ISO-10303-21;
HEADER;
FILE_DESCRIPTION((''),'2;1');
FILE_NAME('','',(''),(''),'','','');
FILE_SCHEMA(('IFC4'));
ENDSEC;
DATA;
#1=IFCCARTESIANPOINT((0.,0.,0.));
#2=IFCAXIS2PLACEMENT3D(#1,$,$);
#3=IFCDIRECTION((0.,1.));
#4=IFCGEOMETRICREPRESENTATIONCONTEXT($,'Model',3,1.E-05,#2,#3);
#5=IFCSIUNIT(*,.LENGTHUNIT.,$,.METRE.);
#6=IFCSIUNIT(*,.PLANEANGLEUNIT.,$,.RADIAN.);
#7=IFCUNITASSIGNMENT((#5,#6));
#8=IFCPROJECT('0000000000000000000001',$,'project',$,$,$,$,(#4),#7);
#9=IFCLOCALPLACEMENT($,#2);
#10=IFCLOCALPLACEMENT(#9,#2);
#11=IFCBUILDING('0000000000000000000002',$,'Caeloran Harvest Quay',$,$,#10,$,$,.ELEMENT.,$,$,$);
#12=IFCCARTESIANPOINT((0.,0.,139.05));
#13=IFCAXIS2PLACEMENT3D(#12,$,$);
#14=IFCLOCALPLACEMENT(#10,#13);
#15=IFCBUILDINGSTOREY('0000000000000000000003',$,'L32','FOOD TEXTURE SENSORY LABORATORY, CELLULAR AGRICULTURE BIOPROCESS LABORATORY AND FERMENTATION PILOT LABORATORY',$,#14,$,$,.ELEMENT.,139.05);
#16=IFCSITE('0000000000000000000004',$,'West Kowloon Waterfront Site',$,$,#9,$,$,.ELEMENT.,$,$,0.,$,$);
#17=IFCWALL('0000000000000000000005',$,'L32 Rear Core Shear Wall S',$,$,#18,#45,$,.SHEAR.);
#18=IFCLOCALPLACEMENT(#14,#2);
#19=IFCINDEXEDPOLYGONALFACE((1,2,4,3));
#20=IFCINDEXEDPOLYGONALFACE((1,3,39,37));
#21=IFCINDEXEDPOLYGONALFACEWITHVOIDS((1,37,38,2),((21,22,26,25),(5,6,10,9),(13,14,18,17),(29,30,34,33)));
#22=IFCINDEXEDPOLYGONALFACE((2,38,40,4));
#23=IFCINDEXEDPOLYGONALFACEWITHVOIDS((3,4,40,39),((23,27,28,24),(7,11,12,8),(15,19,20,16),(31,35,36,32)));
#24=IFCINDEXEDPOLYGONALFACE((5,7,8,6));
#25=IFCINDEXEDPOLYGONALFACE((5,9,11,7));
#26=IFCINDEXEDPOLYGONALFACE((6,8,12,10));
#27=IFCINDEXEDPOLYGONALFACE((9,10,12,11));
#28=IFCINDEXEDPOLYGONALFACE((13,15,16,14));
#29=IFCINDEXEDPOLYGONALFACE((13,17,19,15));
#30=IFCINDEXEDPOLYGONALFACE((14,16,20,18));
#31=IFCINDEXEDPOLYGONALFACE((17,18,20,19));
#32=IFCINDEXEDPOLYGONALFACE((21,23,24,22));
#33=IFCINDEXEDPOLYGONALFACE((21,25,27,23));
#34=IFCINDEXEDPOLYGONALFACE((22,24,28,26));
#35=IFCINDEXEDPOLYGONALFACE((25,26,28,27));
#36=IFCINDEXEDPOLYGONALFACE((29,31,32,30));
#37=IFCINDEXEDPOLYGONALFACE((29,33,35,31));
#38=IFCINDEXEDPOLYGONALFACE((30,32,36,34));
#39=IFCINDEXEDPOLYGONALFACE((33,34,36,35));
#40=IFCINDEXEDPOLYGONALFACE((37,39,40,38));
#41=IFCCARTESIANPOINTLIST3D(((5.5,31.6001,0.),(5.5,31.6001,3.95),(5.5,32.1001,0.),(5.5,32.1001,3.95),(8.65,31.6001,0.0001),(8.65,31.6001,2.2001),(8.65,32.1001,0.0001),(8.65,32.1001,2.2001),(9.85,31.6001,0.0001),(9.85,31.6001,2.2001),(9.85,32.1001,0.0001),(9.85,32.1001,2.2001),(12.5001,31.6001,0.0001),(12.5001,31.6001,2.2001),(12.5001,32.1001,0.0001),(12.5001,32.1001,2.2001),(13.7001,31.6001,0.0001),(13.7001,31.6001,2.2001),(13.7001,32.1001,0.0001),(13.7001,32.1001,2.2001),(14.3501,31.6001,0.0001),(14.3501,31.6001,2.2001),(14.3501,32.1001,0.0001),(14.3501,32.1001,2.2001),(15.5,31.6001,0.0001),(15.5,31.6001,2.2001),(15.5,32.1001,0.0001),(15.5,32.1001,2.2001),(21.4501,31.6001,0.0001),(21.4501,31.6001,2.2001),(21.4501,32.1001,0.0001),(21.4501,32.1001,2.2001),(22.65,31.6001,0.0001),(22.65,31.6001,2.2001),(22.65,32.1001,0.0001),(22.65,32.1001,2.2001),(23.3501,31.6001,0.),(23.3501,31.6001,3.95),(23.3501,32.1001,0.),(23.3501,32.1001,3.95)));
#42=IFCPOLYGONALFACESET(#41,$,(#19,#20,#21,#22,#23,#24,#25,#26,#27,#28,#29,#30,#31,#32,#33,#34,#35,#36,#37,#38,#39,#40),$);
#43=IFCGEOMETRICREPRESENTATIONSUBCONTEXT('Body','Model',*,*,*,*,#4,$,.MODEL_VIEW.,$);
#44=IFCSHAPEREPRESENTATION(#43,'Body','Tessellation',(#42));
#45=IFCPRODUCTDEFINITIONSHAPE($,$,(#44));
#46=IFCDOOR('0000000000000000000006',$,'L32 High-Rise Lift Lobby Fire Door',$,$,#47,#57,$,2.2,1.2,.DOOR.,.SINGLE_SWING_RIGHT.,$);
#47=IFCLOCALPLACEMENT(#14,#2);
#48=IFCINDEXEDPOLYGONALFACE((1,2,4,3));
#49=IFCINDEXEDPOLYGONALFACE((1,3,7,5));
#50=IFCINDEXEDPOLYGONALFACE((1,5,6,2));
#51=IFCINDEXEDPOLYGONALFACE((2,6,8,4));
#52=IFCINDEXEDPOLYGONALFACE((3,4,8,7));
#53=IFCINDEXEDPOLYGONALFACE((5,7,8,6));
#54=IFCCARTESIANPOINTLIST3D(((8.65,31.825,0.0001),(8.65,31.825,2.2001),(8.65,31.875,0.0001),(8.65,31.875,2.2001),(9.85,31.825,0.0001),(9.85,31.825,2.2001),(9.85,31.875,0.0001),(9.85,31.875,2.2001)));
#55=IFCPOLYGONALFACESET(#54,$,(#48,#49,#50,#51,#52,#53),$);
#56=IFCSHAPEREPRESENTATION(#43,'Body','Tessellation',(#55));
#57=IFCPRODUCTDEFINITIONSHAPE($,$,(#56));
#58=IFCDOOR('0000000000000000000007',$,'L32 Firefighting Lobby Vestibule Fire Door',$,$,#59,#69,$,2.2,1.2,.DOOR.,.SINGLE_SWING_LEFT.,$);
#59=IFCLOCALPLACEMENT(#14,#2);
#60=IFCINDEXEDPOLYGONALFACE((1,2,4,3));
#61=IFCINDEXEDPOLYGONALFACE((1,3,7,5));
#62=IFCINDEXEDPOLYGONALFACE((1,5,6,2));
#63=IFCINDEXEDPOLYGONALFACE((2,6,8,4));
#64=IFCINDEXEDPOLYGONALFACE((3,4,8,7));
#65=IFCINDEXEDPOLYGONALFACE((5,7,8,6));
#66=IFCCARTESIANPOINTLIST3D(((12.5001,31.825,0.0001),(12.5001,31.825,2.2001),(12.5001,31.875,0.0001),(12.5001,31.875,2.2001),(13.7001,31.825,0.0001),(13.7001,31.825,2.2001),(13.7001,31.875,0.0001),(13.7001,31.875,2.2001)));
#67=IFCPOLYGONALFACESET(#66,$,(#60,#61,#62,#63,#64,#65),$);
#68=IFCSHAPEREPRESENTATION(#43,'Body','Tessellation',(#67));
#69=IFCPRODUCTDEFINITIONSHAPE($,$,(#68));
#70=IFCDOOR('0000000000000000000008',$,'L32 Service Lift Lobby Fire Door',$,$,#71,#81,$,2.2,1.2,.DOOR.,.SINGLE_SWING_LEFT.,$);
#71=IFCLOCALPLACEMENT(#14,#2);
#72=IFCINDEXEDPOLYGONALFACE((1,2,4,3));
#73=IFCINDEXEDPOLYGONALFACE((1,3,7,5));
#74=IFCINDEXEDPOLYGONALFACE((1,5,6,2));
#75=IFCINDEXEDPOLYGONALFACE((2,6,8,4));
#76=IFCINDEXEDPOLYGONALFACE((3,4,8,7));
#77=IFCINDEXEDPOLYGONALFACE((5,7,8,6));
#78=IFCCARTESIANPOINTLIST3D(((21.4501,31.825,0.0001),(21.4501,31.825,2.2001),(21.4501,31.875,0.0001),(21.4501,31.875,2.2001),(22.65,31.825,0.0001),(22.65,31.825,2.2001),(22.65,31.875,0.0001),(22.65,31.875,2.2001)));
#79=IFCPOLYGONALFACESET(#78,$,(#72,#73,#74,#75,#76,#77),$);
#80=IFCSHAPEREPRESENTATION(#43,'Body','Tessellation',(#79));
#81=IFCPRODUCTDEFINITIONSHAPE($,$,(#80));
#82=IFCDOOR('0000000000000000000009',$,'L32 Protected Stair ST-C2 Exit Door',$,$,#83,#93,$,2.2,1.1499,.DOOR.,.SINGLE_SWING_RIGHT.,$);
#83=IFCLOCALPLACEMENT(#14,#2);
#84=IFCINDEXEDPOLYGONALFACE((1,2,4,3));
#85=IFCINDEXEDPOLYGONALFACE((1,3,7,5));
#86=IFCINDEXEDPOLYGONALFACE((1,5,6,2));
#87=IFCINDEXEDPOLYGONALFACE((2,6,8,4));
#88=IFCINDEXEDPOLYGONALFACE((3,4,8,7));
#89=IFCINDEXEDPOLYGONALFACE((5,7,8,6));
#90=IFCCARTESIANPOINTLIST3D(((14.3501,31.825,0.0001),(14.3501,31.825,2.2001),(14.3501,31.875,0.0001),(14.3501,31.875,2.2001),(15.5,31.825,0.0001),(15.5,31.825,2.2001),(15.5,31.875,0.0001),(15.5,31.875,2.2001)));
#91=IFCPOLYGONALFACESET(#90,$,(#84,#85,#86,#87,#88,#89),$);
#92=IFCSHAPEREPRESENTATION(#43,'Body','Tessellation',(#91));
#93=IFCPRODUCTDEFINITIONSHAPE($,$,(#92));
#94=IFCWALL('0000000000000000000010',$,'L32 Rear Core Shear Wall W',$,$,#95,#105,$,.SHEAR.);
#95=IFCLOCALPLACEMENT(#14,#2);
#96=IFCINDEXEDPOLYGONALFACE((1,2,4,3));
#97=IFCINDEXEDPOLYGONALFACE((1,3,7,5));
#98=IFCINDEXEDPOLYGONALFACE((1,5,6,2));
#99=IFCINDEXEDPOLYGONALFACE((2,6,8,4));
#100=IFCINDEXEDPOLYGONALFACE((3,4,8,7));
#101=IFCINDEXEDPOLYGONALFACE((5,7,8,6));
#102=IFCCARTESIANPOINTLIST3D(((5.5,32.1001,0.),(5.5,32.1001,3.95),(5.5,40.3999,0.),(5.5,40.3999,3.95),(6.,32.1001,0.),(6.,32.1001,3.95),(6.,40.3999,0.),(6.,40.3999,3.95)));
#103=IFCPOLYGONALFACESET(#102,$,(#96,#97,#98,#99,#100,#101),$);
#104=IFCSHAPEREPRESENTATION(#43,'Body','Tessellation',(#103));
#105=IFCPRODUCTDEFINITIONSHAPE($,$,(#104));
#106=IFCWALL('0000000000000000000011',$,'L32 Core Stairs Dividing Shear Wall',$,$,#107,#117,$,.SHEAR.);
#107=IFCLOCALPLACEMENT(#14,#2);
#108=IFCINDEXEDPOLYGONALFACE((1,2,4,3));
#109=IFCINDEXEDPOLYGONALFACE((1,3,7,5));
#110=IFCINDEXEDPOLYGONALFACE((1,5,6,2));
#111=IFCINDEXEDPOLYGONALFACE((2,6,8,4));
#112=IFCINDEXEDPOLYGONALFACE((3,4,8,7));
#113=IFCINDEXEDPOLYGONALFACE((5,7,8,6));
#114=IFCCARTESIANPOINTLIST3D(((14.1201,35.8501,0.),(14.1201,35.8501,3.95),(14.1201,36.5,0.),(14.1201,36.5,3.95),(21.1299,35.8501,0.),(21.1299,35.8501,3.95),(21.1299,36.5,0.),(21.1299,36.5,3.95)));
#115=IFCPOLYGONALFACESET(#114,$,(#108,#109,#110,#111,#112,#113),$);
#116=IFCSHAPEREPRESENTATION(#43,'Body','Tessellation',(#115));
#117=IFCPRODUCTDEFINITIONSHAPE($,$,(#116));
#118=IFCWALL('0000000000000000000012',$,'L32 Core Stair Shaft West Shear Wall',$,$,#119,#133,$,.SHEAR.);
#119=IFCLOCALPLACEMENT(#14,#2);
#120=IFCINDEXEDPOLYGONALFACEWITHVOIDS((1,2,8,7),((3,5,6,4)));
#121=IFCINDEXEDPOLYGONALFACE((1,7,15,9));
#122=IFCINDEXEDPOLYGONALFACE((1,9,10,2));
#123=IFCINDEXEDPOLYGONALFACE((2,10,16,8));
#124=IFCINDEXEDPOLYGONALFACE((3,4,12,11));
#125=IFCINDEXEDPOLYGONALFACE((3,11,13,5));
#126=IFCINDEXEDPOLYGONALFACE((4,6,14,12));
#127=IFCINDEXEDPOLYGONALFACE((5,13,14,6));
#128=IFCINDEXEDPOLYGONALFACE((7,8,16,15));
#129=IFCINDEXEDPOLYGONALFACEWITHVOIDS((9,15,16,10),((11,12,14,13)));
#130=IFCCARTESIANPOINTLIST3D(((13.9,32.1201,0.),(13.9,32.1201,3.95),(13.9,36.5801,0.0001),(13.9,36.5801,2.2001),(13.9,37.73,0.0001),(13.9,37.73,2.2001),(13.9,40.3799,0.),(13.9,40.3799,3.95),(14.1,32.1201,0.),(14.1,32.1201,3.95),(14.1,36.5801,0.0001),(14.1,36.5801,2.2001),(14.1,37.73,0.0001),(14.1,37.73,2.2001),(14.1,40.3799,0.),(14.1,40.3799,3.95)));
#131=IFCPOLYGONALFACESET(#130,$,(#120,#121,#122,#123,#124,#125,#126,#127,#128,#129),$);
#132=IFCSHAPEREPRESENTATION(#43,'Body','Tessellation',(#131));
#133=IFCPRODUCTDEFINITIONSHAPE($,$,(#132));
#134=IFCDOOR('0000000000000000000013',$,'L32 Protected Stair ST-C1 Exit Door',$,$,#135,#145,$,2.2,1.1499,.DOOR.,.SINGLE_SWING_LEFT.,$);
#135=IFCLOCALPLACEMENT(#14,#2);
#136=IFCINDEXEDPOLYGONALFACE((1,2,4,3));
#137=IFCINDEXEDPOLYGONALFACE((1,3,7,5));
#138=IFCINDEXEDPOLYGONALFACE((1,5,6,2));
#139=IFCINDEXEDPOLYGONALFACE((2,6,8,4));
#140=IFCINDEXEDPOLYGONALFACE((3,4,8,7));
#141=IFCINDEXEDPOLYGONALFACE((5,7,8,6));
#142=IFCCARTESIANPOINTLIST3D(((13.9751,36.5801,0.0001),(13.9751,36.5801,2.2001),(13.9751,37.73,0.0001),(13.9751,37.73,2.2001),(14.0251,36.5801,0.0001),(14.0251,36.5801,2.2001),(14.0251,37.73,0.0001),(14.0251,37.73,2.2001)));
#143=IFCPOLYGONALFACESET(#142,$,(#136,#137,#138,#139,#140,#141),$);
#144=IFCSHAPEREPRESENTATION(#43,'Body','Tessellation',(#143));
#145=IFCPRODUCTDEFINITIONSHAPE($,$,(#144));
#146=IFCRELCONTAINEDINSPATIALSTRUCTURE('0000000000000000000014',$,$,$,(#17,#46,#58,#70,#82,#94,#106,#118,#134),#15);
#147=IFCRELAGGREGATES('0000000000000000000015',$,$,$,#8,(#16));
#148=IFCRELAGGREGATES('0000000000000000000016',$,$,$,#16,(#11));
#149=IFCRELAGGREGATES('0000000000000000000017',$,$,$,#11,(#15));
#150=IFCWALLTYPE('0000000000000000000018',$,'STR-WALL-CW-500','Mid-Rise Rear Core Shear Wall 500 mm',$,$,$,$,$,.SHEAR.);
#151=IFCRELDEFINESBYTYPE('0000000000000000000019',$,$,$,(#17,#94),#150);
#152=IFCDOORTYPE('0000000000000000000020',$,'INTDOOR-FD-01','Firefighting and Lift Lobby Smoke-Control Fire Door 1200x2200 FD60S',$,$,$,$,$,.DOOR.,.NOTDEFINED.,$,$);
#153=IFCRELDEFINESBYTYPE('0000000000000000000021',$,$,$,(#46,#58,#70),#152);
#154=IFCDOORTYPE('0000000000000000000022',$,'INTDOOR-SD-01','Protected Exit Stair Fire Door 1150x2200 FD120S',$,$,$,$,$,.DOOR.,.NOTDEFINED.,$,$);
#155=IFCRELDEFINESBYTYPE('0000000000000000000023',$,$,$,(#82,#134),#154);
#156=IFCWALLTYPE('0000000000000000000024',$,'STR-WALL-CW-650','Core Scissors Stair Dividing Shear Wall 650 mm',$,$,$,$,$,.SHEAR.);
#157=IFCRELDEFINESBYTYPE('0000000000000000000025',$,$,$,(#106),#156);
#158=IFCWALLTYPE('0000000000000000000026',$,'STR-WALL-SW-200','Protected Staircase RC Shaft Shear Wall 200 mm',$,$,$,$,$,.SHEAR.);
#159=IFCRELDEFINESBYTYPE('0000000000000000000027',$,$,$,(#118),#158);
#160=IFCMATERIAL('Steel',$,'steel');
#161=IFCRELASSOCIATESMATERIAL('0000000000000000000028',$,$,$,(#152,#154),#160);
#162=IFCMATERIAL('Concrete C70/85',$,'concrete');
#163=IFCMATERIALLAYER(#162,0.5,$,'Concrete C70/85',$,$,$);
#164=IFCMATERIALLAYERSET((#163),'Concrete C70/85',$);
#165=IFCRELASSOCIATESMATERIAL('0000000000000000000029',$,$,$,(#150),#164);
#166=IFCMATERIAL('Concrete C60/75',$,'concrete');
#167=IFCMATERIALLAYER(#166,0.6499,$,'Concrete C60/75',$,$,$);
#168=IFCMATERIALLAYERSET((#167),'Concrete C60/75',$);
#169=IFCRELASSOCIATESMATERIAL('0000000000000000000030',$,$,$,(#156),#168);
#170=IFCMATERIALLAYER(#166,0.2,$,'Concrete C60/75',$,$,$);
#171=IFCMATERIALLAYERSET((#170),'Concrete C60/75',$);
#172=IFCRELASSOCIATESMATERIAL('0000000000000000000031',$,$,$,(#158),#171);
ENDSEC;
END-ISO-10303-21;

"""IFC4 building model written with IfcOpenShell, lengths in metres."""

from ifc_helpers import new_model, si_unit, direction, frame, frame_2d, origin, place, context, subcontext, project, spatial, rectangle, extrude, material, layer, layer_set, type_object, element, fill, save


model = new_model("IFC4")

# Units and contexts
model_context = context("Model", 3, precision=1e-05, world=origin(), true_north=direction((0.0, 1.0)))
body_context = subcontext(model_context, "Body", "Model", "MODEL_VIEW")
ifc_project = project(units=[si_unit("LENGTHUNIT", "METRE"), si_unit("PLANEANGLEUNIT", "RADIAN")], contexts=[model_context])

# Site, building, storey
site_placement = place(None, origin())
site = spatial("IfcSite", under=ifc_project, at=site_placement, Name="West Kowloon Waterfront Site", CompositionType="ELEMENT", RefElevation=0.0)
building_placement = place(site_placement, origin())
building = spatial("IfcBuilding", under=site, at=building_placement, Name="Caeloran Harvest Quay", CompositionType="ELEMENT")
storey_placement = place(building_placement, frame((0.0, 0.0, 139.05)))
storey = spatial("IfcBuildingStorey", under=building, at=storey_placement, Name="L32", Description="FOOD TEXTURE SENSORY LABORATORY, CELLULAR AGRICULTURE BIOPROCESS LABORATORY AND FERMENTATION PILOT LABORATORY", CompositionType="ELEMENT", Elevation=139.05)

# Shared definitions
ifc_material_1 = material(Name="Concrete C60/75", Category="concrete")

# Shared definitions
ifc_material_2 = material(Name="Steel", Category="steel")
door_type_1 = type_object("IfcDoorType", Name="INTDOOR-FD-01", Description="Firefighting and Lift Lobby Smoke-Control Fire Door 1200x2200 FD60S", OperationType="NOTDEFINED", PredefinedType="DOOR", material=ifc_material_2)

# Wall, openings, doors
ifc_material_3 = material(Name="Concrete C70/85", Category="concrete")
ifc_layer_1 = layer(ifc_material_3, 0.5, Name="Concrete C70/85")
ifc_layer_set_1 = layer_set([ifc_layer_1], Name="Concrete C70/85")
wall_type_1 = type_object("IfcWallType", Name="STR-WALL-CW-500", Description="Mid-Rise Rear Core Shear Wall 500 mm", PredefinedType="SHEAR", material=ifc_layer_set_1)
wall_1_placement = place(storey_placement, frame((5.5, 31.8501, 0.0), z_axis=(0.0, 0.0, 1.0), x_axis=(1.0, 0.0, 0.0)))
wall_1 = element("IfcWall", 1, at=wall_1_placement, inside=storey, type_object=wall_type_1, Name="L32 Rear Core Shear Wall S", PredefinedType="SHEAR", context=body_context, shape_type="SweptSolid", body=[
    extrude(rectangle(XDim=17.8501, YDim=0.5, at=frame_2d((8.925, 0.0))), origin(), (0.0, 0.0, 1.0), 3.95),
])
opening_1_placement = place(wall_1_placement, frame((3.1499, 0.0, 0.0)))
opening_1 = element("IfcOpeningElement", 2, at=opening_1_placement, cuts=wall_1, PredefinedType="OPENING", context=body_context, shape_type="SweptSolid", body=[
    extrude(rectangle(XDim=1.2, YDim=2.2, at=frame_2d((0.6001, 1.1001))), frame((0.0, 0.26, 0.0), z_axis=(0.0, -1.0, 0.0), x_axis=(1.0, 0.0, 0.0)), (0.0, 0.0, 1.0), 0.52),
])
opening_2_placement = place(wall_1_placement, frame((7.0, 0.0, 0.0)))
opening_2 = element("IfcOpeningElement", 3, at=opening_2_placement, cuts=wall_1, PredefinedType="OPENING", context=body_context, shape_type="SweptSolid", body=[
    extrude(rectangle(XDim=1.2, YDim=2.2, at=frame_2d((0.6001, 1.1001))), frame((0.0, 0.26, 0.0), z_axis=(0.0, -1.0, 0.0), x_axis=(1.0, 0.0, 0.0)), (0.0, 0.0, 1.0), 0.52),
])
opening_3_placement = place(wall_1_placement, frame((8.8501, 0.0, 0.0)))
opening_3 = element("IfcOpeningElement", 4, at=opening_3_placement, cuts=wall_1, PredefinedType="OPENING", context=body_context, shape_type="SweptSolid", body=[
    extrude(rectangle(XDim=1.1499, YDim=2.2, at=frame_2d((0.575, 1.1001))), frame((0.0, 0.26, 0.0), z_axis=(0.0, -1.0, 0.0), x_axis=(1.0, 0.0, 0.0)), (0.0, 0.0, 1.0), 0.52),
])
opening_4_placement = place(wall_1_placement, frame((15.95, 0.0, 0.0)))
opening_4 = element("IfcOpeningElement", 5, at=opening_4_placement, cuts=wall_1, PredefinedType="OPENING", context=body_context, shape_type="SweptSolid", body=[
    extrude(rectangle(XDim=1.2, YDim=2.2, at=frame_2d((0.6001, 1.1001))), frame((0.0, 0.26, 0.0), z_axis=(0.0, -1.0, 0.0), x_axis=(1.0, 0.0, 0.0)), (0.0, 0.0, 1.0), 0.52),
])
door_1_placement = place(opening_1_placement, origin())
door_1 = element("IfcDoor", 6, at=door_1_placement, inside=storey, type_object=door_type_1, Name="L32 High-Rise Lift Lobby Fire Door", OperationType="SINGLE_SWING_RIGHT", OverallHeight=2.2, OverallWidth=1.2, PredefinedType="DOOR", context=body_context, shape_type="SweptSolid", body=[
    extrude(rectangle(XDim=1.2, YDim=2.2, at=frame_2d((0.6001, 1.1001))), frame((0.0, 0.0249, 0.0), z_axis=(0.0, -1.0, 0.0), x_axis=(1.0, 0.0, 0.0)), (0.0, 0.0, 1.0), 0.05),
])
fill(opening_1, door_1)
door_2_placement = place(opening_2_placement, origin())
door_2 = element("IfcDoor", 7, at=door_2_placement, inside=storey, type_object=door_type_1, Name="L32 Firefighting Lobby Vestibule Fire Door", OperationType="SINGLE_SWING_LEFT", OverallHeight=2.2, OverallWidth=1.2, PredefinedType="DOOR", context=body_context, shape_type="SweptSolid", body=[
    extrude(rectangle(XDim=1.2, YDim=2.2, at=frame_2d((0.6001, 1.1001))), frame((0.0, 0.0249, 0.0), z_axis=(0.0, -1.0, 0.0), x_axis=(1.0, 0.0, 0.0)), (0.0, 0.0, 1.0), 0.05),
])
fill(opening_2, door_2)
door_3_placement = place(opening_4_placement, origin())
door_3 = element("IfcDoor", 8, at=door_3_placement, inside=storey, type_object=door_type_1, Name="L32 Service Lift Lobby Fire Door", OperationType="SINGLE_SWING_LEFT", OverallHeight=2.2, OverallWidth=1.2, PredefinedType="DOOR", context=body_context, shape_type="SweptSolid", body=[
    extrude(rectangle(XDim=1.2, YDim=2.2, at=frame_2d((0.6001, 1.1001))), frame((0.0, 0.0249, 0.0), z_axis=(0.0, -1.0, 0.0), x_axis=(1.0, 0.0, 0.0)), (0.0, 0.0, 1.0), 0.05),
])
fill(opening_4, door_3)
door_type_2 = type_object("IfcDoorType", Name="INTDOOR-SD-01", Description="Protected Exit Stair Fire Door 1150x2200 FD120S", OperationType="NOTDEFINED", PredefinedType="DOOR", material=ifc_material_2)
door_4_placement = place(opening_3_placement, origin())
door_4 = element("IfcDoor", 9, at=door_4_placement, inside=storey, type_object=door_type_2, Name="L32 Protected Stair ST-C2 Exit Door", OperationType="SINGLE_SWING_RIGHT", OverallHeight=2.2, OverallWidth=1.1499, PredefinedType="DOOR", context=body_context, shape_type="SweptSolid", body=[
    extrude(rectangle(XDim=1.1499, YDim=2.2, at=frame_2d((0.575, 1.1001))), frame((0.0, 0.0249, 0.0), z_axis=(0.0, -1.0, 0.0), x_axis=(1.0, 0.0, 0.0)), (0.0, 0.0, 1.0), 0.05),
])
fill(opening_3, door_4)

# Walls
wall_2_placement = place(storey_placement, frame((5.75, 32.1001, 0.0), z_axis=(0.0, 0.0, 1.0), x_axis=(0.0, 1.0, 0.0)))
element("IfcWall", 10, at=wall_2_placement, inside=storey, type_object=wall_type_1, Name="L32 Rear Core Shear Wall W", PredefinedType="SHEAR", context=body_context, shape_type="SweptSolid", body=[
    extrude(rectangle(XDim=8.2998, YDim=0.5, at=frame_2d((4.1499, 0.0))), origin(), (0.0, 0.0, 1.0), 3.95),
])
ifc_layer_2 = layer(ifc_material_1, 0.6499, Name="Concrete C60/75")
ifc_layer_set_2 = layer_set([ifc_layer_2], Name="Concrete C60/75")
wall_type_2 = type_object("IfcWallType", Name="STR-WALL-CW-650", Description="Core Scissors Stair Dividing Shear Wall 650 mm", PredefinedType="SHEAR", material=ifc_layer_set_2)
wall_3_placement = place(storey_placement, frame((14.1201, 36.175, 0.0), z_axis=(0.0, 0.0, 1.0), x_axis=(1.0, 0.0, 0.0)))
element("IfcWall", 11, at=wall_3_placement, inside=storey, type_object=wall_type_2, Name="L32 Core Stairs Dividing Shear Wall", PredefinedType="SHEAR", context=body_context, shape_type="SweptSolid", body=[
    extrude(rectangle(XDim=7.0098, YDim=0.6499, at=frame_2d((3.5049, 0.0))), origin(), (0.0, 0.0, 1.0), 3.95),
])

# Wall, opening, door
ifc_layer_3 = layer(ifc_material_1, 0.2, Name="Concrete C60/75")
ifc_layer_set_3 = layer_set([ifc_layer_3], Name="Concrete C60/75")
wall_type_3 = type_object("IfcWallType", Name="STR-WALL-SW-200", Description="Protected Staircase RC Shaft Shear Wall 200 mm", PredefinedType="SHEAR", material=ifc_layer_set_3)
wall_4_placement = place(storey_placement, frame((14.0, 32.1201, 0.0), z_axis=(0.0, 0.0, 1.0), x_axis=(0.0, 1.0, 0.0)))
wall_4 = element("IfcWall", 12, at=wall_4_placement, inside=storey, type_object=wall_type_3, Name="L32 Core Stair Shaft West Shear Wall", PredefinedType="SHEAR", context=body_context, shape_type="SweptSolid", body=[
    extrude(rectangle(XDim=8.2598, YDim=0.2, at=frame_2d((4.1299, 0.0))), origin(), (0.0, 0.0, 1.0), 3.95),
])
opening_5_placement = place(wall_4_placement, frame((4.46, 0.0, 0.0)))
opening_5 = element("IfcOpeningElement", 13, at=opening_5_placement, cuts=wall_4, PredefinedType="OPENING", context=body_context, shape_type="SweptSolid", body=[
    extrude(rectangle(XDim=1.1499, YDim=2.2, at=frame_2d((0.575, 1.1001))), frame((0.0, 0.1099, 0.0), z_axis=(0.0, -1.0, 0.0), x_axis=(1.0, 0.0, 0.0)), (0.0, 0.0, 1.0), 0.22),
])
door_5_placement = place(opening_5_placement, origin())
door_5 = element("IfcDoor", 14, at=door_5_placement, inside=storey, type_object=door_type_2, Name="L32 Protected Stair ST-C1 Exit Door", OperationType="SINGLE_SWING_LEFT", OverallHeight=2.2, OverallWidth=1.1499, PredefinedType="DOOR", context=body_context, shape_type="SweptSolid", body=[
    extrude(rectangle(XDim=1.1499, YDim=2.2, at=frame_2d((0.575, 1.1001))), frame((0.0, 0.0249, 0.0), z_axis=(0.0, -1.0, 0.0), x_axis=(1.0, 0.0, 0.0)), (0.0, 0.0, 1.0), 0.05),
])
fill(opening_5, door_5)

save(model, "model.ifc")
